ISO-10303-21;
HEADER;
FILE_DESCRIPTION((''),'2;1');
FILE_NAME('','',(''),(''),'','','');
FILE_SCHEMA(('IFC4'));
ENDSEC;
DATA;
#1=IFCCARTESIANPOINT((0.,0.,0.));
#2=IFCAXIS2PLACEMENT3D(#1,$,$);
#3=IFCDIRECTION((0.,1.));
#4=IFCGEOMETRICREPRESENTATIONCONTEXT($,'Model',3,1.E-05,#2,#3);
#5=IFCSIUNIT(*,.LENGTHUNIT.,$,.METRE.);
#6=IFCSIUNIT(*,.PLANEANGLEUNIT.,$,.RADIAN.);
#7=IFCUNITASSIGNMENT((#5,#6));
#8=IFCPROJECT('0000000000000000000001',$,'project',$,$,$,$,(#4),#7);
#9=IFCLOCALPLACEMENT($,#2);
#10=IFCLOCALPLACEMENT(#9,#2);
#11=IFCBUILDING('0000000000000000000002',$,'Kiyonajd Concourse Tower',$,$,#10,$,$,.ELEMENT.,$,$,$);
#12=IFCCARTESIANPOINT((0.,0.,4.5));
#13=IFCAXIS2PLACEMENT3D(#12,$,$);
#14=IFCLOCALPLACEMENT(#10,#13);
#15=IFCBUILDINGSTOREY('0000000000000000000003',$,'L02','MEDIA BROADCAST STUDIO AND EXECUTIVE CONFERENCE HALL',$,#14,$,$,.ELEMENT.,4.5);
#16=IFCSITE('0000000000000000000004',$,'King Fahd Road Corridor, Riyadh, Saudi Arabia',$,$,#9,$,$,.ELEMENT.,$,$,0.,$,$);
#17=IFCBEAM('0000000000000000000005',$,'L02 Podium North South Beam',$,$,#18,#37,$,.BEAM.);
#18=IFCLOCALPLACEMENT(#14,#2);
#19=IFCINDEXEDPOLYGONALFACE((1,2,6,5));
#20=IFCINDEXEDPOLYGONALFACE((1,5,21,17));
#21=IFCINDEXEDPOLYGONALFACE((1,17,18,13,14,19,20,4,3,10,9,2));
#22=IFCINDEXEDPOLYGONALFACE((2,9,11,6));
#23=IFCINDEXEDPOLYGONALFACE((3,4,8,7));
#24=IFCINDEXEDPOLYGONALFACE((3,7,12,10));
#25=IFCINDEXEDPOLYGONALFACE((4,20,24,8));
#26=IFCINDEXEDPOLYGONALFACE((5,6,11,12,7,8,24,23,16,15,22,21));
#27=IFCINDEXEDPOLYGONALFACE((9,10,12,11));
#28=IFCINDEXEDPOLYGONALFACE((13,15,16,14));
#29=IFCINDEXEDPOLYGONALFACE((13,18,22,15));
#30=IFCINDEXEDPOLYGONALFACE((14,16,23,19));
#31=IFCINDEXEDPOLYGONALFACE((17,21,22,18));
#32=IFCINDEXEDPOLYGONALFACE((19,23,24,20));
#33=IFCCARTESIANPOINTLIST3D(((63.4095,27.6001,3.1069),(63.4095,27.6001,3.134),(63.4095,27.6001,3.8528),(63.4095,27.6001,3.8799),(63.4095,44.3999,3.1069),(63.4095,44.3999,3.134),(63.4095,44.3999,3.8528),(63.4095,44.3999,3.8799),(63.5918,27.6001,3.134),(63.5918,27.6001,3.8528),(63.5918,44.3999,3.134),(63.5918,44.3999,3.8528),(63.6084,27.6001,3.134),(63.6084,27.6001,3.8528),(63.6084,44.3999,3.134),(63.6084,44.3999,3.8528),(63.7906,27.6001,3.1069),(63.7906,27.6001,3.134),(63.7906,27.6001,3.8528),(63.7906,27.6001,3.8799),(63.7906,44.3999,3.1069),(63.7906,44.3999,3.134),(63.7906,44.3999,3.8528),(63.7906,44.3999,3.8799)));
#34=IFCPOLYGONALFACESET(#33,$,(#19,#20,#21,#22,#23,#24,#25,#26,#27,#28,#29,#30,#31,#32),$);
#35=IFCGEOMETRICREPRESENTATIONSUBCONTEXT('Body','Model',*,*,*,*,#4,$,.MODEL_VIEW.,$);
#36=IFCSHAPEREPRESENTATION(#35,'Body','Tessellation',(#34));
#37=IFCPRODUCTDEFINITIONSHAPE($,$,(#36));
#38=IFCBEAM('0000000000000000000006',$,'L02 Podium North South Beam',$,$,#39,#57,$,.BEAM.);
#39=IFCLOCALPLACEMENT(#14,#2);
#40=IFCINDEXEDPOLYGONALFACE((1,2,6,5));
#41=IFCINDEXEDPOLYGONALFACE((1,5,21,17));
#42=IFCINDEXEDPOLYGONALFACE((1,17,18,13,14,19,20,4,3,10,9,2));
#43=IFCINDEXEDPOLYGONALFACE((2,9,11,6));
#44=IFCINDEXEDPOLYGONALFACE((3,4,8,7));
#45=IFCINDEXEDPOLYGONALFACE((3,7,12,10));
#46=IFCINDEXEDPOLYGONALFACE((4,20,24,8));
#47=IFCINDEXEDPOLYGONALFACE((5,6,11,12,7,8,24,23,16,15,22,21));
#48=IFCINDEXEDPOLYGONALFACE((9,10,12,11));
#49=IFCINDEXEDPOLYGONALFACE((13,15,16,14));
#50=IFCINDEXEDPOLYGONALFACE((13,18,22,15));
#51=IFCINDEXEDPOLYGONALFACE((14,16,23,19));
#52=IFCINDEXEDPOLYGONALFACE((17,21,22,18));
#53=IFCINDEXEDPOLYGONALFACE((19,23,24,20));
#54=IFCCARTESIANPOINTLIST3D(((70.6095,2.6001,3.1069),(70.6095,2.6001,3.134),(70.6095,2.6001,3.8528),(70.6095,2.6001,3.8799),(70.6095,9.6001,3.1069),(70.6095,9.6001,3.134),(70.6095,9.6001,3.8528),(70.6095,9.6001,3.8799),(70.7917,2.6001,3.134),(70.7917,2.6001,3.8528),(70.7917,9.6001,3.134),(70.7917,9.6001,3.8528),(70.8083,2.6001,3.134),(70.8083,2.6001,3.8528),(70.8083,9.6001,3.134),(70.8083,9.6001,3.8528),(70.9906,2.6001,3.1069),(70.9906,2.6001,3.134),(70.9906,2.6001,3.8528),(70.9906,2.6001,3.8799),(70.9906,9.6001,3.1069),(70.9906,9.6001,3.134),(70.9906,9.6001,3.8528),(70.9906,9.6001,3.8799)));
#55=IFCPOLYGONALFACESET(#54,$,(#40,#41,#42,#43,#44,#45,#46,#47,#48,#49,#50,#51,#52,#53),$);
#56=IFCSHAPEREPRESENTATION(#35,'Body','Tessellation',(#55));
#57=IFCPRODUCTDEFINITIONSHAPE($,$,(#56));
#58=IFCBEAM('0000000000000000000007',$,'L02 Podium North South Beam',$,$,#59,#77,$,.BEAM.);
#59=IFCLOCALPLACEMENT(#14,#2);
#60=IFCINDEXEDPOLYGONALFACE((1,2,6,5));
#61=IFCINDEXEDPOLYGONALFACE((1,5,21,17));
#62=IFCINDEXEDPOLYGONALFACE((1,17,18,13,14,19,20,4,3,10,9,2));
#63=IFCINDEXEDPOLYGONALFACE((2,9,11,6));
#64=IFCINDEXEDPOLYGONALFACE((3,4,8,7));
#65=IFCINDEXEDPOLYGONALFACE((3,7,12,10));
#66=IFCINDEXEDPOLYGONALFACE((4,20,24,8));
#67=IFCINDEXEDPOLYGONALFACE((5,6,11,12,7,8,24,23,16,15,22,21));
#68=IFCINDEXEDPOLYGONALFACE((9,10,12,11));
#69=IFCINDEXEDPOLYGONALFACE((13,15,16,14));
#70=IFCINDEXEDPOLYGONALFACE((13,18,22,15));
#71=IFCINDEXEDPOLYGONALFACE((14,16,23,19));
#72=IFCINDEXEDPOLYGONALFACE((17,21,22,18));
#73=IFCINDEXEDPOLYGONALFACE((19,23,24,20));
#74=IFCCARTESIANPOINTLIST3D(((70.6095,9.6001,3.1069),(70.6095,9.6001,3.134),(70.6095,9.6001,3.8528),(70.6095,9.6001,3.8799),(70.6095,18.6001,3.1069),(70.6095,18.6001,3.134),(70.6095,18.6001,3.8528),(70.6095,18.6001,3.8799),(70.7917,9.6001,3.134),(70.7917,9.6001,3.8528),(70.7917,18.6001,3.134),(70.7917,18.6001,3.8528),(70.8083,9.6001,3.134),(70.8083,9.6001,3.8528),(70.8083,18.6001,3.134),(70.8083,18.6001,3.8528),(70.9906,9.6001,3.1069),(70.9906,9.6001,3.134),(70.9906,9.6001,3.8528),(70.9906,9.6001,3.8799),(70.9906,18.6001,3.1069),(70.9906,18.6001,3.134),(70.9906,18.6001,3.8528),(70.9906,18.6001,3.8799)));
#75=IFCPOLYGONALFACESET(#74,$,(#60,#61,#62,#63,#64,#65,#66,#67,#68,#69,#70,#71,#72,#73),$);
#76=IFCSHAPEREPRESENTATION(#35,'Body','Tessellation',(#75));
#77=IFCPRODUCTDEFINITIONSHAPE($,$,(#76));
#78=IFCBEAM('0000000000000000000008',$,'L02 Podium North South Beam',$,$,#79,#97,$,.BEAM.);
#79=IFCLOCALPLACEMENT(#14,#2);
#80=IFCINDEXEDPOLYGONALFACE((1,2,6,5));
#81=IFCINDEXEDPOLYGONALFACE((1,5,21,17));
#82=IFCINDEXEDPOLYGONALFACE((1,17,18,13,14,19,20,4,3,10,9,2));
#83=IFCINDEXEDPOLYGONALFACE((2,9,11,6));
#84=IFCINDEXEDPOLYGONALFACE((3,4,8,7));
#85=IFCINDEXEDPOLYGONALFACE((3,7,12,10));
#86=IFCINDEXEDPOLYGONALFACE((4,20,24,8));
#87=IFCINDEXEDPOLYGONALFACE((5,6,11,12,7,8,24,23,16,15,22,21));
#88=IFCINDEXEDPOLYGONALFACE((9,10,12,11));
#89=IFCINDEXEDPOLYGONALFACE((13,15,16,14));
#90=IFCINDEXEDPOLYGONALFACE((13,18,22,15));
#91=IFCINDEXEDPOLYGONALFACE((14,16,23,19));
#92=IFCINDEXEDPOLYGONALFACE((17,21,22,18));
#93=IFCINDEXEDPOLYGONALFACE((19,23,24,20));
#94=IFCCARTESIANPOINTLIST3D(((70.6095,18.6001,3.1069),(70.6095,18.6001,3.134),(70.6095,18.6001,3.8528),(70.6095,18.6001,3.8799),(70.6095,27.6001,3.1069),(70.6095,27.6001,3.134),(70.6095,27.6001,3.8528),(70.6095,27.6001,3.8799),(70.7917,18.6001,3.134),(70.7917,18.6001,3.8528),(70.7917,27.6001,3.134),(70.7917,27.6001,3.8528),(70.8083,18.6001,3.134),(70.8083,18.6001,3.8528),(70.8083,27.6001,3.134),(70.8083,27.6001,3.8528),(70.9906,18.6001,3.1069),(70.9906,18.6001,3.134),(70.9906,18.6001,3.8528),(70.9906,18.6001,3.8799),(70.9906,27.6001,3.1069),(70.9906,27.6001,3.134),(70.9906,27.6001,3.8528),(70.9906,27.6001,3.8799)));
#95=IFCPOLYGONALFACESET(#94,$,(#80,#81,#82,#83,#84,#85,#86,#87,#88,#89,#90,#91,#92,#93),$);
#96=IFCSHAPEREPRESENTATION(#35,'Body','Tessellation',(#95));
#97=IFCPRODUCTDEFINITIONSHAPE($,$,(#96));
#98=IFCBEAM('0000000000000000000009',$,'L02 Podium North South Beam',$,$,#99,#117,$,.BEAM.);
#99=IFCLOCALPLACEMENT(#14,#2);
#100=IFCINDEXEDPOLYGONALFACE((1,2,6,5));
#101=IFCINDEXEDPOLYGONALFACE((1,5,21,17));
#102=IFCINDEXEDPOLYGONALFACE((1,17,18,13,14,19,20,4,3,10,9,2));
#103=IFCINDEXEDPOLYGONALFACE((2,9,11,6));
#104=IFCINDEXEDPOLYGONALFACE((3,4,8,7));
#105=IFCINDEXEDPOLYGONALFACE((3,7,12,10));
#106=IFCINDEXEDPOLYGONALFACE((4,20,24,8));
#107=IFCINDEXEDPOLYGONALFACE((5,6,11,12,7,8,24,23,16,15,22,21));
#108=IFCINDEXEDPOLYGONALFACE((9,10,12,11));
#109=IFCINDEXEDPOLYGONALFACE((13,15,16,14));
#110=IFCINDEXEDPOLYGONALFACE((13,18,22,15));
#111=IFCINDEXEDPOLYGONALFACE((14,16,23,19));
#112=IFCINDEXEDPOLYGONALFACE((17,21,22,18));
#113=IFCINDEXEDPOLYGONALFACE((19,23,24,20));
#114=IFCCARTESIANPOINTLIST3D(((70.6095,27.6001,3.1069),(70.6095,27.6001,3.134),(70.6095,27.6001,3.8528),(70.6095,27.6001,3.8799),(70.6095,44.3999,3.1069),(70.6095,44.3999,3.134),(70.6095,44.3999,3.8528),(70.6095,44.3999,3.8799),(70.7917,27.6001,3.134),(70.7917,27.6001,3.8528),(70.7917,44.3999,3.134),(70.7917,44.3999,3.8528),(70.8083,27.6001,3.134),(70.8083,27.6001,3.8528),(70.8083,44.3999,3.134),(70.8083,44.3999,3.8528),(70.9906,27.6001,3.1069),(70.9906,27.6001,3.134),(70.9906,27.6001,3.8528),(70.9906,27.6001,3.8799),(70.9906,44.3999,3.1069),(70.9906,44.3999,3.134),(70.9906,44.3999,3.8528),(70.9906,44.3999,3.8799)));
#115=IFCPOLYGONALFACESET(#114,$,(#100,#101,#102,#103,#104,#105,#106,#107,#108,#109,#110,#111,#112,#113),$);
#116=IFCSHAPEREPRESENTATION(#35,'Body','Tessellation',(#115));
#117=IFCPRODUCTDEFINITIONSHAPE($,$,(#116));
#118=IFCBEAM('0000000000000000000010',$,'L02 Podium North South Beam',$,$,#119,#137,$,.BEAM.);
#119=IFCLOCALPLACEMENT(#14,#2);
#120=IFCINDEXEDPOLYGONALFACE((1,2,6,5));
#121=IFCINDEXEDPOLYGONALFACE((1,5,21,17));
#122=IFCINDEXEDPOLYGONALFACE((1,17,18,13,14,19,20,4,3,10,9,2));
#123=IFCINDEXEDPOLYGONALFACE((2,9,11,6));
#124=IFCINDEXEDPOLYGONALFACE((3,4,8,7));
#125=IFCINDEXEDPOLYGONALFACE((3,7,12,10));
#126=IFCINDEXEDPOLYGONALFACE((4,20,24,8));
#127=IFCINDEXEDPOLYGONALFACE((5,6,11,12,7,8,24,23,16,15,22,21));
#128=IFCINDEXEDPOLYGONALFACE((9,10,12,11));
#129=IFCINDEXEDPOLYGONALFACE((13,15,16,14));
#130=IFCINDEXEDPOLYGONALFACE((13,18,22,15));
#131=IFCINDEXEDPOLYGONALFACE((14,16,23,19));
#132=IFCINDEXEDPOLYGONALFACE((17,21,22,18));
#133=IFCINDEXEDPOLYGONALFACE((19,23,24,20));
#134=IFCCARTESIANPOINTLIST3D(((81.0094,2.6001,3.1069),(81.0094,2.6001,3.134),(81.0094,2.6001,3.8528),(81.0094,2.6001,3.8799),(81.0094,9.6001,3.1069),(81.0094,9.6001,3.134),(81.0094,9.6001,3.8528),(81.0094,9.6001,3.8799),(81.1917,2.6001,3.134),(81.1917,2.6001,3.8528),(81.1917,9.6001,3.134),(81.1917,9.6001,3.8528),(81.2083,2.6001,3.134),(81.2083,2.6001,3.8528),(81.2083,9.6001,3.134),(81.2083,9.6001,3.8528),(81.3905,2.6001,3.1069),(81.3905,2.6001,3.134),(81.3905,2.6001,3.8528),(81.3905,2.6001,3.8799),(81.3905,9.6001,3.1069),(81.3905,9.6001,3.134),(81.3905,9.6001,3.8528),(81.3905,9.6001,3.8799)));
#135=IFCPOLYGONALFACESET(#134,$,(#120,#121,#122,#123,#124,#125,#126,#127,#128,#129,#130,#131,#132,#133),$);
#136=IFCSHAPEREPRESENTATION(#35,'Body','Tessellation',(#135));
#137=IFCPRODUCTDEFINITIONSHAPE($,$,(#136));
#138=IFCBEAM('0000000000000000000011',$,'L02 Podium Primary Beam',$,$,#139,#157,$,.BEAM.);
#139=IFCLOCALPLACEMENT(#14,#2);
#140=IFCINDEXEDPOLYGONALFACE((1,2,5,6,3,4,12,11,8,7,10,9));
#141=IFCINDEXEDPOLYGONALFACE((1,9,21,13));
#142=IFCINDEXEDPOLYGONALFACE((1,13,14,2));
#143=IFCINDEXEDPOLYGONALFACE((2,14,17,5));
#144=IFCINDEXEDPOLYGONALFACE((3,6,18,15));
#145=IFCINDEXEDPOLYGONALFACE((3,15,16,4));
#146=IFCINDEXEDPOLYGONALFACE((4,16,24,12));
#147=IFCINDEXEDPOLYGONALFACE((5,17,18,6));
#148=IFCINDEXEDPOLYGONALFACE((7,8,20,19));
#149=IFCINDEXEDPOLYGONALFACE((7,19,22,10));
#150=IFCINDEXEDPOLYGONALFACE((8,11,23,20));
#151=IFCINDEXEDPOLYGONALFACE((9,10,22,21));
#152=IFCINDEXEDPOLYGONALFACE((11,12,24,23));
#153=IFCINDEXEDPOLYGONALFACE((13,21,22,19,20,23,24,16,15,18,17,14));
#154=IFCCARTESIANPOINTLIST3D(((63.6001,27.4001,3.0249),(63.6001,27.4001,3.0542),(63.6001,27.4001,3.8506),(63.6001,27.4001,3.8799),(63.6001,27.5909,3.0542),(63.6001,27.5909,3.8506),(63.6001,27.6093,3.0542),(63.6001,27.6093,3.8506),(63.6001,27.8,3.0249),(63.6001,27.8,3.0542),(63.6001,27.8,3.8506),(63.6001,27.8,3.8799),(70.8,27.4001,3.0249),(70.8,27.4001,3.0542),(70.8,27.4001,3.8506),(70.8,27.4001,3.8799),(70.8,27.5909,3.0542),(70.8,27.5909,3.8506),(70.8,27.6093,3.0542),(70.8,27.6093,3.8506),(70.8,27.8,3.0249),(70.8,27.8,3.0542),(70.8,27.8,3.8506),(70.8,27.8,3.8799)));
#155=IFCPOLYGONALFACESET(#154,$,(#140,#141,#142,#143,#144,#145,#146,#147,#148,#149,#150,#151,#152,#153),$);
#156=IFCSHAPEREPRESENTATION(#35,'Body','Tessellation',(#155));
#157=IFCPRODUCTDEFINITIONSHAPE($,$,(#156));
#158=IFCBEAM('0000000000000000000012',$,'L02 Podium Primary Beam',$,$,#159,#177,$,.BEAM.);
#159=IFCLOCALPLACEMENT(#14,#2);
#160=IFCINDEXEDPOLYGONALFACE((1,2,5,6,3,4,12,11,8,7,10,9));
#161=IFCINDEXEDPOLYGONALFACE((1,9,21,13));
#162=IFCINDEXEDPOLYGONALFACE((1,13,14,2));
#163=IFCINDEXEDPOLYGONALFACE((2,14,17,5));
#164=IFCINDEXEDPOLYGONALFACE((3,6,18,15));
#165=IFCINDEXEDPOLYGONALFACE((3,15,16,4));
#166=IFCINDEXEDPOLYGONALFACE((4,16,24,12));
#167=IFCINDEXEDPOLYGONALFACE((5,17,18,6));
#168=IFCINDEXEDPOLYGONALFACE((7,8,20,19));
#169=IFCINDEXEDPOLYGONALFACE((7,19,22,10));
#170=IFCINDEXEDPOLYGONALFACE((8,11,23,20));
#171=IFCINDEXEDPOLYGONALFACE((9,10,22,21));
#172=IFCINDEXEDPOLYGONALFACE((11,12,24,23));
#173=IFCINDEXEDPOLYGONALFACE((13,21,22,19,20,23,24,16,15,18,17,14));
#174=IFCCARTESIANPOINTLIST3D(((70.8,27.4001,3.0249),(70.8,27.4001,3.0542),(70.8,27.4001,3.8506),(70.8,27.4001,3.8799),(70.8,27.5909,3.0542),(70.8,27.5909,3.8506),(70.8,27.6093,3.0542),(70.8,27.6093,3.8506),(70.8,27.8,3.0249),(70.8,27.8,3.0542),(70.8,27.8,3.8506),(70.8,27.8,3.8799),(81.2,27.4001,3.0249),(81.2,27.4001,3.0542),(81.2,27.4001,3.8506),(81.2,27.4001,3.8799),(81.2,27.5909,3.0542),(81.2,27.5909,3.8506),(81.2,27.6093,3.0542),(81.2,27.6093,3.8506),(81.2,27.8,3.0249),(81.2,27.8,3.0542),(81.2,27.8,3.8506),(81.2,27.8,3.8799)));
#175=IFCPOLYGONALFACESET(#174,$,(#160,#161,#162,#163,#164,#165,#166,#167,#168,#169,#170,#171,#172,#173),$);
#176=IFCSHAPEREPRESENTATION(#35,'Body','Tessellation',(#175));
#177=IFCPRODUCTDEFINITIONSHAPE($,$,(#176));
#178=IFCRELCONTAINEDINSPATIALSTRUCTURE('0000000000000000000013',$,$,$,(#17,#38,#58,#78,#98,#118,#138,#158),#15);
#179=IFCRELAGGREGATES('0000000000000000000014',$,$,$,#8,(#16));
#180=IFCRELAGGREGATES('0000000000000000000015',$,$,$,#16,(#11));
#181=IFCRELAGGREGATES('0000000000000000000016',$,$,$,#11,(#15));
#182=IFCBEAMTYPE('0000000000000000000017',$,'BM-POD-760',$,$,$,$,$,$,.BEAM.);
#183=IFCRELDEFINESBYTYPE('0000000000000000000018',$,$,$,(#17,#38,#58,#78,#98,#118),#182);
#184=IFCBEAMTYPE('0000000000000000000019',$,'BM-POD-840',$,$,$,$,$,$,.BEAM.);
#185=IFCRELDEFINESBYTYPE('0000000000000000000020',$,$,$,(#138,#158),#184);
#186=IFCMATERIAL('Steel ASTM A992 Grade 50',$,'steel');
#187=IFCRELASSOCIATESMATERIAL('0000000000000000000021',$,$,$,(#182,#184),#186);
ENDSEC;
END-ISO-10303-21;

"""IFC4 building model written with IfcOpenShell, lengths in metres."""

from ifc_helpers import new_model, si_unit, direction, frame, origin, origin_2d, place, context, subcontext, project, spatial, i_section, extrude, material, material_profile, profile_set, type_object, element, save


model = new_model("IFC4")

# Units and contexts
model_context = context("Model", 3, precision=1e-05, world=origin(), true_north=direction((0.0, 1.0)))
body_context = subcontext(model_context, "Body", "Model", "MODEL_VIEW")
ifc_project = project(units=[si_unit("LENGTHUNIT", "METRE"), si_unit("PLANEANGLEUNIT", "RADIAN")], contexts=[model_context])

# Site, building, storey
site_placement = place(None, origin())
site = spatial("IfcSite", under=ifc_project, at=site_placement, Name="King Fahd Road Corridor, Riyadh, Saudi Arabia", CompositionType="ELEMENT", RefElevation=0.0)
building_placement = place(site_placement, origin())
building = spatial("IfcBuilding", under=site, at=building_placement, Name="Kiyonajd Concourse Tower", CompositionType="ELEMENT")
storey_placement = place(building_placement, frame((0.0, 0.0, 4.5)))
storey = spatial("IfcBuildingStorey", under=building, at=storey_placement, Name="L02", Description="MEDIA BROADCAST STUDIO AND EXECUTIVE CONFERENCE HALL", CompositionType="ELEMENT", Elevation=4.5)

# Beams
ifc_material_1 = material(Name="Steel ASTM A992 Grade 50", Category="steel")
ifc_material_profile_1 = material_profile(ifc_material_1, i_section(OverallWidth=0.3811, OverallDepth=0.7729, WebThickness=0.0166, FlangeThickness=0.0271, at=origin_2d()), Name="W760X257")
ifc_profile_set_1 = profile_set([ifc_material_profile_1], Name="Steel ASTM A992 Grade 50")
beam_type_1 = type_object("IfcBeamType", Name="BM-POD-760", PredefinedType="BEAM", material=ifc_profile_set_1)
beam_1_placement = place(storey_placement, frame((63.6001, 27.6001, 3.4934), z_axis=(0.0, 1.0, 0.0), x_axis=(-1.0, 0.0, 0.0)))
element("IfcBeam", 1, at=beam_1_placement, inside=storey, type_object=beam_type_1, Name="L02 Podium North South Beam", PredefinedType="BEAM", context=body_context, shape_type="SweptSolid", body=[
    extrude(i_section(OverallWidth=0.3811, OverallDepth=0.7729, WebThickness=0.0166, FlangeThickness=0.0271, at=origin_2d()), origin(), (0.0, 0.0, 1.0), 16.7998),
])
beam_2_placement = place(storey_placement, frame((70.8, 2.6001, 3.4934), z_axis=(0.0, 1.0, 0.0), x_axis=(-1.0, 0.0, 0.0)))
element("IfcBeam", 2, at=beam_2_placement, inside=storey, type_object=beam_type_1, Name="L02 Podium North South Beam", PredefinedType="BEAM", context=body_context, shape_type="SweptSolid", body=[
    extrude(i_section(OverallWidth=0.3811, OverallDepth=0.7729, WebThickness=0.0166, FlangeThickness=0.0271, at=origin_2d()), origin(), (0.0, 0.0, 1.0), 7.0),
])
for number, where, z_axis, x_axis, name in (
    (3, (70.8, 9.6001, 3.4934), (0.0, 1.0, 0.0), (-1.0, 0.0, 0.0), "L02 Podium North South Beam"),
    (4, (70.8, 18.6001, 3.4934), (0.0, 1.0, 0.0), (-1.0, 0.0, 0.0), "L02 Podium North South Beam"),
):
    element("IfcBeam", number, at=place(storey_placement, frame(where, z_axis=z_axis, x_axis=x_axis)), inside=storey, type_object=beam_type_1, Name=name, PredefinedType="BEAM", context=body_context, shape_type="SweptSolid", body=[
        extrude(i_section(OverallWidth=0.3811, OverallDepth=0.7729, WebThickness=0.0166, FlangeThickness=0.0271, at=origin_2d()), origin(), (0.0, 0.0, 1.0), 9.0),
    ])
beam_3_placement = place(storey_placement, frame((70.8, 27.6001, 3.4934), z_axis=(0.0, 1.0, 0.0), x_axis=(-1.0, 0.0, 0.0)))
element("IfcBeam", 5, at=beam_3_placement, inside=storey, type_object=beam_type_1, Name="L02 Podium North South Beam", PredefinedType="BEAM", context=body_context, shape_type="SweptSolid", body=[
    extrude(i_section(OverallWidth=0.3811, OverallDepth=0.7729, WebThickness=0.0166, FlangeThickness=0.0271, at=origin_2d()), origin(), (0.0, 0.0, 1.0), 16.7998),
])
beam_4_placement = place(storey_placement, frame((81.2, 2.6001, 3.4934), z_axis=(0.0, 1.0, 0.0), x_axis=(-1.0, 0.0, 0.0)))
element("IfcBeam", 6, at=beam_4_placement, inside=storey, type_object=beam_type_1, Name="L02 Podium North South Beam", PredefinedType="BEAM", context=body_context, shape_type="SweptSolid", body=[
    extrude(i_section(OverallWidth=0.3811, OverallDepth=0.7729, WebThickness=0.0166, FlangeThickness=0.0271, at=origin_2d()), origin(), (0.0, 0.0, 1.0), 7.0),
])
ifc_material_profile_2 = material_profile(ifc_material_1, i_section(OverallWidth=0.3999, OverallDepth=0.855, WebThickness=0.0183, FlangeThickness=0.0293, at=origin_2d()), Name="W840X299")
ifc_profile_set_2 = profile_set([ifc_material_profile_2], Name="Steel ASTM A992 Grade 50")
beam_type_2 = type_object("IfcBeamType", Name="BM-POD-840", PredefinedType="BEAM", material=ifc_profile_set_2)
beam_5_placement = place(storey_placement, frame((63.6001, 27.6001, 3.4524), z_axis=(1.0, 0.0, 0.0), x_axis=(0.0, 1.0, 0.0)))
element("IfcBeam", 7, at=beam_5_placement, inside=storey, type_object=beam_type_2, Name="L02 Podium Primary Beam", PredefinedType="BEAM", context=body_context, shape_type="SweptSolid", body=[
    extrude(i_section(OverallWidth=0.3999, OverallDepth=0.855, WebThickness=0.0183, FlangeThickness=0.0293, at=origin_2d()), origin(), (0.0, 0.0, 1.0), 7.2),
])
beam_6_placement = place(storey_placement, frame((70.8, 27.6001, 3.4524), z_axis=(1.0, 0.0, 0.0), x_axis=(0.0, 1.0, 0.0)))
element("IfcBeam", 8, at=beam_6_placement, inside=storey, type_object=beam_type_2, Name="L02 Podium Primary Beam", PredefinedType="BEAM", context=body_context, shape_type="SweptSolid", body=[
    extrude(i_section(OverallWidth=0.3999, OverallDepth=0.855, WebThickness=0.0183, FlangeThickness=0.0293, at=origin_2d()), origin(), (0.0, 0.0, 1.0), 10.3999),
])

save(model, "model.ifc")
